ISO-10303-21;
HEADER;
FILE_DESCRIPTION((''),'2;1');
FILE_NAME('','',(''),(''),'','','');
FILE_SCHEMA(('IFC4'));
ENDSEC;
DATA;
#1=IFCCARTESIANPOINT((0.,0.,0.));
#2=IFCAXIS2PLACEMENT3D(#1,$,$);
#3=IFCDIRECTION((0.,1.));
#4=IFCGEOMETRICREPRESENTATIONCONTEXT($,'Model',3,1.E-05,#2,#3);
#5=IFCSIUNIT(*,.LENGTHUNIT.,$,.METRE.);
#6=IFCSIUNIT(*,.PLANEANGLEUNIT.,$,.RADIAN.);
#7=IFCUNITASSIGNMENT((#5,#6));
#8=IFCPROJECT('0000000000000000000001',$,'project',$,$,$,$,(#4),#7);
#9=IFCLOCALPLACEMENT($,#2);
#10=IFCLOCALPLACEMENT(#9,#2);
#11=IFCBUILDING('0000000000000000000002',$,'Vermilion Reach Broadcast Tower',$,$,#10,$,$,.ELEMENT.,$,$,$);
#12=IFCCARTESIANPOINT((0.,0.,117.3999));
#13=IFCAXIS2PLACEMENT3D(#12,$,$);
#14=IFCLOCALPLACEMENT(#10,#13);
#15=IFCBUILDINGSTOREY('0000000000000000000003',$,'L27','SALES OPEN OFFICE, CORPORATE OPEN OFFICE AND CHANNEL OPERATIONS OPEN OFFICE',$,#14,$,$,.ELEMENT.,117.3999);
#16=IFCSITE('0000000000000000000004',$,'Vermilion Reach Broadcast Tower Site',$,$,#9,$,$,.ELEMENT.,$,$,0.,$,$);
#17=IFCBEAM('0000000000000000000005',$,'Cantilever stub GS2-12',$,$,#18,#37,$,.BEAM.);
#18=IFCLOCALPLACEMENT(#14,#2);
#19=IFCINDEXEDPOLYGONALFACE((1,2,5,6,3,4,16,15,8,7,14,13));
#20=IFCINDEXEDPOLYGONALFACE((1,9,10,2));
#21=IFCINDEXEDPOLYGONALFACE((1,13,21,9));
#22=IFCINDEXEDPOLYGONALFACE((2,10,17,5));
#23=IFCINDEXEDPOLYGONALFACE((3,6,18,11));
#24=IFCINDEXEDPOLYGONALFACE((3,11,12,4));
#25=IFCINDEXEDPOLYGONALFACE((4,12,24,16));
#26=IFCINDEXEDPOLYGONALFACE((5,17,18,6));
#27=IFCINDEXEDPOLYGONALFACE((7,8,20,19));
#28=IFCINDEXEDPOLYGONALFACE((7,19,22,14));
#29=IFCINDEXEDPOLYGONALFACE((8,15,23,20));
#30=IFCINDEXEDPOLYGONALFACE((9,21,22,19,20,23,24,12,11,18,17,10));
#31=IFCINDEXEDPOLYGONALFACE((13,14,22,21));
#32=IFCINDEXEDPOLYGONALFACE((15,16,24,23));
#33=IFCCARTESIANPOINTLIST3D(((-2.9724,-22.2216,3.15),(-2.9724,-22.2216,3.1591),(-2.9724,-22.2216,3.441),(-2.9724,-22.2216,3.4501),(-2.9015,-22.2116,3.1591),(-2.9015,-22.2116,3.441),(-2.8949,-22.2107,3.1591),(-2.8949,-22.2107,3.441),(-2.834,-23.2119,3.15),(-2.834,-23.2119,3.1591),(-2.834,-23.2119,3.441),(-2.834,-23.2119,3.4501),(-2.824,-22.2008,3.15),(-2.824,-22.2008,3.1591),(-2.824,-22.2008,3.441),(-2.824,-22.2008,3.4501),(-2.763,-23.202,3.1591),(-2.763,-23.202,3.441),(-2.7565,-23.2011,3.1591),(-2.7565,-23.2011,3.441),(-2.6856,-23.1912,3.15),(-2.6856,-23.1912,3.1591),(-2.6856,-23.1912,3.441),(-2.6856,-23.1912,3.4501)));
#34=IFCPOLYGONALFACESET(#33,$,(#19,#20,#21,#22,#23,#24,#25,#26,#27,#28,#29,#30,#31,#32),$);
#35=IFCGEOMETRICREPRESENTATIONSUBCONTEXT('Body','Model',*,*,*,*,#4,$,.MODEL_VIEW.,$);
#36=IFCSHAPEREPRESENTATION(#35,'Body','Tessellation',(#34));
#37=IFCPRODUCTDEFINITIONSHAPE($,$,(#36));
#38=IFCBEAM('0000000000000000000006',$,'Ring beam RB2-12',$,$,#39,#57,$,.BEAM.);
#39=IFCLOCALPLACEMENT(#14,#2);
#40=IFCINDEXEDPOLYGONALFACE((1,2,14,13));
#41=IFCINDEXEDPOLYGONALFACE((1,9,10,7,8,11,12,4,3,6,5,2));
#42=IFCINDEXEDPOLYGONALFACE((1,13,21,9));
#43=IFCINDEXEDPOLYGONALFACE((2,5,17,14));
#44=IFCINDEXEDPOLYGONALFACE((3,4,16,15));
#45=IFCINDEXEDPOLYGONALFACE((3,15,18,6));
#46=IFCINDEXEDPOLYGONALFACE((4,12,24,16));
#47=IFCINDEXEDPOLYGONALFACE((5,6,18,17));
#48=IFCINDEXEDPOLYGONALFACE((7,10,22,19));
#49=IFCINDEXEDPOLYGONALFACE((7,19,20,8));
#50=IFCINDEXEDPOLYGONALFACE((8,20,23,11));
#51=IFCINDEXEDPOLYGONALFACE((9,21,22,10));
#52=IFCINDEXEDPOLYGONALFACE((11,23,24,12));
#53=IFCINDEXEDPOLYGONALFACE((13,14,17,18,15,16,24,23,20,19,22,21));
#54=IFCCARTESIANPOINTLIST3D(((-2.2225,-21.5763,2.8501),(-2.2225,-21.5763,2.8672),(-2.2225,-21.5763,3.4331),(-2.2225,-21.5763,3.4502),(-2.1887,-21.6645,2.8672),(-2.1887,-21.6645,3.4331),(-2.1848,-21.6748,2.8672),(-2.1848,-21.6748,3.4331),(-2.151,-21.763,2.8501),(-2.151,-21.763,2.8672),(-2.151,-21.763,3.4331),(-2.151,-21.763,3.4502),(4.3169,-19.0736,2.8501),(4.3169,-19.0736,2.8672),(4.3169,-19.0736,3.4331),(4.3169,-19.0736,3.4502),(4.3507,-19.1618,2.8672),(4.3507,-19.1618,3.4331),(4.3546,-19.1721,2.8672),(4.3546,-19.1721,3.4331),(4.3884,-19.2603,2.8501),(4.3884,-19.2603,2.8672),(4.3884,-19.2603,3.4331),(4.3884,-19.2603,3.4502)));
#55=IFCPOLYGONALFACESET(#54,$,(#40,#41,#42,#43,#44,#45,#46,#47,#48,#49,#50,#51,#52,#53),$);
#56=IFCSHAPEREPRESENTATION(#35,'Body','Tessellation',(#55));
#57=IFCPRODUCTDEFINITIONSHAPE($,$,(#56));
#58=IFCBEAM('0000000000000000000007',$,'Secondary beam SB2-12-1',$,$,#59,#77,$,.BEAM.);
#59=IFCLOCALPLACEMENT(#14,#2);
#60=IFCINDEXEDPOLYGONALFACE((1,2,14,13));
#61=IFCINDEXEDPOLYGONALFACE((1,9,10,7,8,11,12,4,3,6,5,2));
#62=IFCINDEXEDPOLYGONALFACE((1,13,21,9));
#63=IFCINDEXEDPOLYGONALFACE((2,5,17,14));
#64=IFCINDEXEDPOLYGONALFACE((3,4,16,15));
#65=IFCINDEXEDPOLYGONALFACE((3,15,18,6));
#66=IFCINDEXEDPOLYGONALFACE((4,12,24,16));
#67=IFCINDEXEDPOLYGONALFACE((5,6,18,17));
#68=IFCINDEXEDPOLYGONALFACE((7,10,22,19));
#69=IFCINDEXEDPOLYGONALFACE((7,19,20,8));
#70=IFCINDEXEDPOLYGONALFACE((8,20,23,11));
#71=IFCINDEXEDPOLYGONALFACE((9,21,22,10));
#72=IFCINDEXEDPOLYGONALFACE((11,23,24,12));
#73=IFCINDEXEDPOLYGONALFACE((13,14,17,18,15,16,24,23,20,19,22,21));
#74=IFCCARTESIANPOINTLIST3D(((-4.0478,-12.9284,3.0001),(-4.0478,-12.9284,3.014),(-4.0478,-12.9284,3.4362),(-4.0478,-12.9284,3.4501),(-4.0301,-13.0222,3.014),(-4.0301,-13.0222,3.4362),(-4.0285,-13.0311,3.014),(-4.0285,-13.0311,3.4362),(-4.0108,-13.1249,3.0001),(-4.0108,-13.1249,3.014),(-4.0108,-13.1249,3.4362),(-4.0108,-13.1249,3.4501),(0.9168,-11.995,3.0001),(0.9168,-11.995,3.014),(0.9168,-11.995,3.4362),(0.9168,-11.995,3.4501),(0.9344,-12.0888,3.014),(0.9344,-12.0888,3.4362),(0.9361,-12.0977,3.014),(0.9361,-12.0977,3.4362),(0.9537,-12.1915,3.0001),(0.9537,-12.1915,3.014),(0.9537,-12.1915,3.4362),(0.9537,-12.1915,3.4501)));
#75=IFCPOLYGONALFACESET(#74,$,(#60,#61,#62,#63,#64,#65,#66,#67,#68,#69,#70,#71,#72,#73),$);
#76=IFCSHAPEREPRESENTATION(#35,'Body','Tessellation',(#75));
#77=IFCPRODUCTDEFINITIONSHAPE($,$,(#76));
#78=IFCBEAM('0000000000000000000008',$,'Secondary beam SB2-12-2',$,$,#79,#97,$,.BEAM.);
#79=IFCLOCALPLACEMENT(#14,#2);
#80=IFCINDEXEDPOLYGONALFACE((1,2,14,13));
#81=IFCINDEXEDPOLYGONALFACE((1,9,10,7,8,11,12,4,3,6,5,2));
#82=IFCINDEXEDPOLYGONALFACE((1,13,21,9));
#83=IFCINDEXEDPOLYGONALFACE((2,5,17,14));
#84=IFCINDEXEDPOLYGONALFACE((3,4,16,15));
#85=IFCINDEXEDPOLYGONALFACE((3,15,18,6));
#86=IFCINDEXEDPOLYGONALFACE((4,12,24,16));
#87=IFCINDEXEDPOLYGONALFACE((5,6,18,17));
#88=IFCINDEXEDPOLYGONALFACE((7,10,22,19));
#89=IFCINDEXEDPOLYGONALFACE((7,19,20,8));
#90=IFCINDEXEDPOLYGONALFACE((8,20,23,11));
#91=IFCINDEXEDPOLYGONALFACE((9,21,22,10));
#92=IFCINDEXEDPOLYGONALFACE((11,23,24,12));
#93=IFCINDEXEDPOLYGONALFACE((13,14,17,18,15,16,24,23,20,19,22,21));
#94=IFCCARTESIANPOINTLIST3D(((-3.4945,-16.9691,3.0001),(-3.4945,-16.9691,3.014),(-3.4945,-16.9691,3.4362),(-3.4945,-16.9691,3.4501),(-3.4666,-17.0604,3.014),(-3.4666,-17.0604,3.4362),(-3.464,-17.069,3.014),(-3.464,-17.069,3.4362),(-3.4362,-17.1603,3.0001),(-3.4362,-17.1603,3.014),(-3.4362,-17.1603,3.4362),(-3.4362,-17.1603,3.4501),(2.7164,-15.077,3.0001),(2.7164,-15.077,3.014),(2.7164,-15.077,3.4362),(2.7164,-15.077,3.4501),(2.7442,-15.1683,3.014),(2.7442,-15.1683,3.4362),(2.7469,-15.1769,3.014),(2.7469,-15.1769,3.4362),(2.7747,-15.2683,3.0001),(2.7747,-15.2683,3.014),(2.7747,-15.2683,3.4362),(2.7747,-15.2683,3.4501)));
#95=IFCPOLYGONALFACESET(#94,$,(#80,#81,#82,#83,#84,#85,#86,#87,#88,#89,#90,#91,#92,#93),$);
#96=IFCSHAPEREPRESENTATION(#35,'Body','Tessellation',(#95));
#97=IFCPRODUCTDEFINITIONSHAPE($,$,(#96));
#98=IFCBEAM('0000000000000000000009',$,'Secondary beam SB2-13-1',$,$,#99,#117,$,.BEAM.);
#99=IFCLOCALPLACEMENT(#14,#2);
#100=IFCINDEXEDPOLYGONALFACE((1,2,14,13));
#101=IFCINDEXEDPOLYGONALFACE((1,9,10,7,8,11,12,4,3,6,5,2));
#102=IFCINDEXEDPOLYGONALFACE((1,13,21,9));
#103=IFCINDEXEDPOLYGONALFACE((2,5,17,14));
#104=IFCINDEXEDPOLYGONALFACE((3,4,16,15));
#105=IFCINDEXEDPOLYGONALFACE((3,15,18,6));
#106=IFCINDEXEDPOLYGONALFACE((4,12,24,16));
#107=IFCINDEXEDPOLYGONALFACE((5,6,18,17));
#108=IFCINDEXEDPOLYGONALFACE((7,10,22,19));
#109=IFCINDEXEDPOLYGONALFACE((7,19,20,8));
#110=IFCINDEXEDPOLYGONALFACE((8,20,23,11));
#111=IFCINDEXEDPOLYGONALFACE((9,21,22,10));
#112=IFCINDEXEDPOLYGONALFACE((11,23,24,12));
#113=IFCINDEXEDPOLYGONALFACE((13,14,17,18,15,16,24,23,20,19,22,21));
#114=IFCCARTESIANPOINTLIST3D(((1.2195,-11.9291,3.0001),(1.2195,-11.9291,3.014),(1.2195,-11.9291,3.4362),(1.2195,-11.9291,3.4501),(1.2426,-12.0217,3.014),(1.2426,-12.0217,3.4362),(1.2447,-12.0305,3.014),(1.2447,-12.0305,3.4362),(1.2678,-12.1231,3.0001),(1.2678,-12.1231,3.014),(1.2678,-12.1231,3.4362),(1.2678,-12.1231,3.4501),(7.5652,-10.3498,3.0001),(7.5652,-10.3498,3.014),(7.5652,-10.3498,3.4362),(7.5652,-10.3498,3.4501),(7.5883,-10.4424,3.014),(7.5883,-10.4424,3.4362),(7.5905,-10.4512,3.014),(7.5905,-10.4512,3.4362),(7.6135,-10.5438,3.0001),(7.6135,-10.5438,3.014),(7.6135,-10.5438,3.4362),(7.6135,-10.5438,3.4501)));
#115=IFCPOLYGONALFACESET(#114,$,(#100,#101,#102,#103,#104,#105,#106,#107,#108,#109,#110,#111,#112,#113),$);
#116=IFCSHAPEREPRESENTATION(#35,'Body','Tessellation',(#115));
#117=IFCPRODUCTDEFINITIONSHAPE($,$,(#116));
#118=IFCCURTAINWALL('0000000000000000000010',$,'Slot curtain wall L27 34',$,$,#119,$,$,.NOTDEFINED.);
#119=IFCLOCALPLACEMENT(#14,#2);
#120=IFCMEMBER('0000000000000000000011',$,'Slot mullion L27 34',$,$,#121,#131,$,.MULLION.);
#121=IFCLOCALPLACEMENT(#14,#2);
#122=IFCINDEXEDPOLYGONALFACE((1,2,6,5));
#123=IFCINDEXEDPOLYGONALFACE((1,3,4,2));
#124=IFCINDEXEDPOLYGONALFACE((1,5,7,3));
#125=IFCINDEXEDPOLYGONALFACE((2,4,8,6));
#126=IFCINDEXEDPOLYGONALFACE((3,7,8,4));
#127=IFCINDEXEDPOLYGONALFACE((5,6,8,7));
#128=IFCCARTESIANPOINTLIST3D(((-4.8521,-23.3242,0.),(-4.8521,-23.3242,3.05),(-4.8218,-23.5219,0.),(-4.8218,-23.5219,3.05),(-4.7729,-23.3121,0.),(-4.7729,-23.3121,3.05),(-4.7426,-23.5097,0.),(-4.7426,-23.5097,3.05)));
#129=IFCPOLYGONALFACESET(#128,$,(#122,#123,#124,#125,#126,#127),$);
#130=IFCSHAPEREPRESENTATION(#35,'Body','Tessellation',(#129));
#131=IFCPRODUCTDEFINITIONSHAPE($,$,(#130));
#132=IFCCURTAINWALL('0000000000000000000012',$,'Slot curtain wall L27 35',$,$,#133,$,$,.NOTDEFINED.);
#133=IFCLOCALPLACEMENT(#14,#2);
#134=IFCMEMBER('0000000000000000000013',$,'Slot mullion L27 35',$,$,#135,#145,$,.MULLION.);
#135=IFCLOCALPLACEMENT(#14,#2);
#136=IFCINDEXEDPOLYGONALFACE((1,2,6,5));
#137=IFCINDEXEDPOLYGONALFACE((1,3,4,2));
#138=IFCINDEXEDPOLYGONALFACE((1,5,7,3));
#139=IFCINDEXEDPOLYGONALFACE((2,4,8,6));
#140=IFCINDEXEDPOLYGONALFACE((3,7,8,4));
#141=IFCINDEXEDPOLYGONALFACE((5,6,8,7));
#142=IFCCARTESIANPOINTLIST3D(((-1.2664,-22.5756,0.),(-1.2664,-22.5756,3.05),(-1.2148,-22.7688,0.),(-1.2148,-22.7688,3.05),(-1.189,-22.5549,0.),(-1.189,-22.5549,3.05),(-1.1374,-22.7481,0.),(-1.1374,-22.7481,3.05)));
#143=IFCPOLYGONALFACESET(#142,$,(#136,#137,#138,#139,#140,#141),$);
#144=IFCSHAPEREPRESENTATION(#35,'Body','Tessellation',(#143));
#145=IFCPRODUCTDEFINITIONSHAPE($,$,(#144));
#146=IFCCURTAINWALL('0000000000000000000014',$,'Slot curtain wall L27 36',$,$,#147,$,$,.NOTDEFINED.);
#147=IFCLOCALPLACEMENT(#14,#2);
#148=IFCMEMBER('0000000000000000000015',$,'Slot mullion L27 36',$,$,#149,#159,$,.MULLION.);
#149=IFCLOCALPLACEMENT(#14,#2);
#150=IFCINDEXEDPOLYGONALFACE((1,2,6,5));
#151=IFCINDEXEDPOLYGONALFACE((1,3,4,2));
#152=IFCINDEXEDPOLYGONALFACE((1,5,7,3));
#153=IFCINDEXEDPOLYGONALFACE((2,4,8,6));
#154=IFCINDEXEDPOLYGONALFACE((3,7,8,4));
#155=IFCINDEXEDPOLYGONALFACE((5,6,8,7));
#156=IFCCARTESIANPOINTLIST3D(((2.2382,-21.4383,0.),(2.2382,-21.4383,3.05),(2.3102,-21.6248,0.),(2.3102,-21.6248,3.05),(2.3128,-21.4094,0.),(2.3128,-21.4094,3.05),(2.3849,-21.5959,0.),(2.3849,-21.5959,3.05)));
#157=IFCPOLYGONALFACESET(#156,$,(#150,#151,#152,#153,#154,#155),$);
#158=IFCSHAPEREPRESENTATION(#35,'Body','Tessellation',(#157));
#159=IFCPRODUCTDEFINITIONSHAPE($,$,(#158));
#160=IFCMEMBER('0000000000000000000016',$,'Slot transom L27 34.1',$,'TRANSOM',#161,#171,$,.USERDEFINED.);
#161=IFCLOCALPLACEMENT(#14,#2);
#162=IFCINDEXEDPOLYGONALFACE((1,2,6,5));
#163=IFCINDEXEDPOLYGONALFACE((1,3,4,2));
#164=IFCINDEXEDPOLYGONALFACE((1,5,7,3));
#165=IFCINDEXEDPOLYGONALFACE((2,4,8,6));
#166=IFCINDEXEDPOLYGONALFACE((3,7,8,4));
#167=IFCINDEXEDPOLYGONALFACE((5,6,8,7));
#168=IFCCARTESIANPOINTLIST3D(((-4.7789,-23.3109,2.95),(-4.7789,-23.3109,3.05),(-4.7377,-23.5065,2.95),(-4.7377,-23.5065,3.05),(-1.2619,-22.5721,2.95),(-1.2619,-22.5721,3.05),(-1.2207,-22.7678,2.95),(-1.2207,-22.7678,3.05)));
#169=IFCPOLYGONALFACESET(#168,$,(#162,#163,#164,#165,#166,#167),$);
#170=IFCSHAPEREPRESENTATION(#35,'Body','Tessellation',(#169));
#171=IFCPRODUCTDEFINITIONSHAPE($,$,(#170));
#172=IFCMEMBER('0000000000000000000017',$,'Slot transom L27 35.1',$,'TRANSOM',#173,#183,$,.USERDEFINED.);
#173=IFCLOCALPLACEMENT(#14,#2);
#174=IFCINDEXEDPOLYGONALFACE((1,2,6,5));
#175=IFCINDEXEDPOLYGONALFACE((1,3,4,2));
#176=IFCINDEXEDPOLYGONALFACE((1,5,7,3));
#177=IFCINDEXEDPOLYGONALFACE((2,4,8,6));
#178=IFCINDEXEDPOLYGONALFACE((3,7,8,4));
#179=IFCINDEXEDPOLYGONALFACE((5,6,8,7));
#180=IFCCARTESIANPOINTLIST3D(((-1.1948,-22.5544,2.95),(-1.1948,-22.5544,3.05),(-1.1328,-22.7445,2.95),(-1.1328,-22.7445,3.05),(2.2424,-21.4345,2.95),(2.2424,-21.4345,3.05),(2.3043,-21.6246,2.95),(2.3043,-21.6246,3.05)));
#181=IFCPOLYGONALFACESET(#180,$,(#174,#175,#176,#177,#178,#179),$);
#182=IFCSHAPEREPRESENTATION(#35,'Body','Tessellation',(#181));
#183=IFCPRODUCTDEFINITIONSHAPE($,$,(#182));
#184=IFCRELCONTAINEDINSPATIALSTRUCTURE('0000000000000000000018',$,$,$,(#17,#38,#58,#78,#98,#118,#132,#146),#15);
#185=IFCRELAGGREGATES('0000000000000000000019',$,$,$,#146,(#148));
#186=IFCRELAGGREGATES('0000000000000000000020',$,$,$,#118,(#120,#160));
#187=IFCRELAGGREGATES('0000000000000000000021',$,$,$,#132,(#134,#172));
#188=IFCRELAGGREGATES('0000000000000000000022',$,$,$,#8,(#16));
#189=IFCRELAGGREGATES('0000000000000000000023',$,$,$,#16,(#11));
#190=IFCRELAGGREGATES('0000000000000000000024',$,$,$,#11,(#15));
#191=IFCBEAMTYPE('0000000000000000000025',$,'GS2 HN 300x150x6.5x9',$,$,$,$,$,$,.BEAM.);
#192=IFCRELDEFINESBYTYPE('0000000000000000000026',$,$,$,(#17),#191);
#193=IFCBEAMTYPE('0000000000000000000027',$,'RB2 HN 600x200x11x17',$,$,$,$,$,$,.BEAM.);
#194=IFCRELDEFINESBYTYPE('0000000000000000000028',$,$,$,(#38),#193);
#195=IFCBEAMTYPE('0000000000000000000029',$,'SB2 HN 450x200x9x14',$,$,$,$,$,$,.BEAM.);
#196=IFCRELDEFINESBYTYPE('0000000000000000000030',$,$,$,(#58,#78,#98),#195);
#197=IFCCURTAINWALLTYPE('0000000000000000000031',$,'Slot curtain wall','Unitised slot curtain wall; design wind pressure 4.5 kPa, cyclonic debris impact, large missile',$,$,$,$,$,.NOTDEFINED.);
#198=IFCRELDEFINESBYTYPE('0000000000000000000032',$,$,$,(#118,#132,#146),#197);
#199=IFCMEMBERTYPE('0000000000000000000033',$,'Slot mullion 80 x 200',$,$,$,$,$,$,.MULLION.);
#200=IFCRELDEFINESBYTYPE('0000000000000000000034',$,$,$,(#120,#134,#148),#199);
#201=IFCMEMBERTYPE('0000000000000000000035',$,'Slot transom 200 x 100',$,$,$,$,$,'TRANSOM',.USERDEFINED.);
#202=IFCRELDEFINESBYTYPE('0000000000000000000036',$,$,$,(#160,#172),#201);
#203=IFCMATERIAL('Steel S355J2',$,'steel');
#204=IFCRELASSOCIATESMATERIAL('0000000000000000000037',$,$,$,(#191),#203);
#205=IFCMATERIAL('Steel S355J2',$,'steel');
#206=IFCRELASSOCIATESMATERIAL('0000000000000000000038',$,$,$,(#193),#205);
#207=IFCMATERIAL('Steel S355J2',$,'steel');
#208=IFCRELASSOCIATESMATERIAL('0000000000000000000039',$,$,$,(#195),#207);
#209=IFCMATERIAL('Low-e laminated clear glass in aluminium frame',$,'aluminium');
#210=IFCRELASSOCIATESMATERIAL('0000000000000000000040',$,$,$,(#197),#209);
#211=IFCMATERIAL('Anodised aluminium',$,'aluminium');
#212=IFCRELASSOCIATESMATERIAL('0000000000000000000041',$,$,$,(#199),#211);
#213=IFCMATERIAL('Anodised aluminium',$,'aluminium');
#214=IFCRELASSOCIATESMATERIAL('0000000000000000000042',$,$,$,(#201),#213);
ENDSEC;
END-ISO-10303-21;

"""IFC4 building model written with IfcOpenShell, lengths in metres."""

from ifc_helpers import new_model, si_unit, direction, frame, origin, origin_2d, place, context, subcontext, project, spatial, rectangle, i_section, extrude, material, material_profile, profile_set, type_object, element, aggregate, save


model = new_model("IFC4")

# Units and contexts
model_context = context("Model", 3, precision=1e-05, world=origin(), true_north=direction((0.0, 1.0)))
body_context = subcontext(model_context, "Body", "Model", "MODEL_VIEW")
ifc_project = project(units=[si_unit("LENGTHUNIT", "METRE"), si_unit("PLANEANGLEUNIT", "RADIAN")], contexts=[model_context])

# Site, building, storey
site_placement = place(None, origin())
site = spatial("IfcSite", under=ifc_project, at=site_placement, Name="Vermilion Reach Broadcast Tower Site", CompositionType="ELEMENT", RefElevation=0.0)
building_placement = place(site_placement, origin())
building = spatial("IfcBuilding", under=site, at=building_placement, Name="Vermilion Reach Broadcast Tower", CompositionType="ELEMENT")
storey_placement = place(building_placement, frame((0.0, 0.0, 117.3999)))
storey = spatial("IfcBuildingStorey", under=building, at=storey_placement, Name="L27", Description="SALES OPEN OFFICE, CORPORATE OPEN OFFICE AND CHANNEL OPERATIONS OPEN OFFICE", CompositionType="ELEMENT", Elevation=117.3999)

# Beams
ifc_material_1 = material(Name="Steel S355J2", Category="steel")
ifc_material_profile_1 = material_profile(ifc_material_1, i_section(OverallWidth=0.1499, OverallDepth=0.3, WebThickness=0.0066, FlangeThickness=0.009, at=origin_2d()), Name="S355J2 HN 300x150x6.5x9")
ifc_profile_set_1 = profile_set([ifc_material_profile_1], Name="Steel S355J2")
beam_type_1 = type_object("IfcBeamType", Name="GS2 HN 300x150x6.5x9", PredefinedType="BEAM", material=ifc_profile_set_1)
beam_1_placement = place(storey_placement, frame((-2.8982, -22.2112, 3.3), z_axis=(0.138413, -0.990375, 0.0), x_axis=(0.990375, 0.138413, 0.0)))
element("IfcBeam", 1, at=beam_1_placement, inside=storey, type_object=beam_type_1, Name="Cantilever stub GS2-12", PredefinedType="BEAM", context=body_context, shape_type="SweptSolid", body=[
    extrude(i_section(OverallWidth=0.1499, OverallDepth=0.3, WebThickness=0.0066, FlangeThickness=0.009, at=origin_2d()), origin(), (0.0, 0.0, 1.0), 1.0),
])
ifc_material_2 = material(Name="Steel S355J2", Category="steel")
ifc_material_profile_2 = material_profile(ifc_material_2, i_section(OverallWidth=0.2, OverallDepth=0.6001, WebThickness=0.011, FlangeThickness=0.0171, at=origin_2d()), Name="S355J2 HN 600x200x11x17")
ifc_profile_set_2 = profile_set([ifc_material_profile_2], Name="Steel S355J2")
beam_type_2 = type_object("IfcBeamType", Name="RB2 HN 600x200x11x17", PredefinedType="BEAM", material=ifc_profile_set_2)
beam_2_placement = place(storey_placement, frame((-2.1868, -21.6697, 3.1501), z_axis=(0.933939, 0.357432, 0.0), x_axis=(-0.357432, 0.933939, 0.0)))
element("IfcBeam", 2, at=beam_2_placement, inside=storey, type_object=beam_type_2, Name="Ring beam RB2-12", PredefinedType="BEAM", context=body_context, shape_type="SweptSolid", body=[
    extrude(i_section(OverallWidth=0.2, OverallDepth=0.6001, WebThickness=0.011, FlangeThickness=0.0171, at=origin_2d()), origin(), (0.0, 0.0, 1.0), 7.002),
])
ifc_material_3 = material(Name="Steel S355J2", Category="steel")
ifc_material_profile_3 = material_profile(ifc_material_3, i_section(OverallWidth=0.2, OverallDepth=0.45, WebThickness=0.009, FlangeThickness=0.0139, at=origin_2d()), Name="S355J2 HN 450x200x9x14")
ifc_profile_set_3 = profile_set([ifc_material_profile_3], Name="Steel S355J2")
beam_type_3 = type_object("IfcBeamType", Name="SB2 HN 450x200x9x14", PredefinedType="BEAM", material=ifc_profile_set_3)
beam_3_placement = place(storey_placement, frame((-4.0293, -13.0266, 3.2251), z_axis=(0.982783, 0.184764, 0.0), x_axis=(-0.184764, 0.982783, 0.0)))
element("IfcBeam", 3, at=beam_3_placement, inside=storey, type_object=beam_type_3, Name="Secondary beam SB2-12-1", PredefinedType="BEAM", context=body_context, shape_type="SweptSolid", body=[
    extrude(i_section(OverallWidth=0.2, OverallDepth=0.45, WebThickness=0.009, FlangeThickness=0.0139, at=origin_2d()), origin(), (0.0, 0.0, 1.0), 5.0515),
])
beam_4_placement = place(storey_placement, frame((-3.4653, -17.0647, 3.2251), z_axis=(0.956596, 0.291416, 0.0), x_axis=(-0.291416, 0.956596, 0.0)))
element("IfcBeam", 4, at=beam_4_placement, inside=storey, type_object=beam_type_3, Name="Secondary beam SB2-12-2", PredefinedType="BEAM", context=body_context, shape_type="SweptSolid", body=[
    extrude(i_section(OverallWidth=0.2, OverallDepth=0.45, WebThickness=0.009, FlangeThickness=0.0139, at=origin_2d()), origin(), (0.0, 0.0, 1.0), 6.4927),
])
beam_5_placement = place(storey_placement, frame((1.2437, -12.0261, 3.2251), z_axis=(0.970397, 0.241516, 0.0), x_axis=(-0.241516, 0.970397, 0.0)))
element("IfcBeam", 5, at=beam_5_placement, inside=storey, type_object=beam_type_3, Name="Secondary beam SB2-13-1", PredefinedType="BEAM", context=body_context, shape_type="SweptSolid", body=[
    extrude(i_section(OverallWidth=0.2, OverallDepth=0.45, WebThickness=0.009, FlangeThickness=0.0139, at=origin_2d()), origin(), (0.0, 0.0, 1.0), 6.5393),
])

# Curtain walls, members
ifc_material_4 = material(Name="Low-e laminated clear glass in aluminium frame", Category="aluminium")
curtain_wall_type = type_object("IfcCurtainWallType", Name="Slot curtain wall", Description="Unitised slot curtain wall; design wind pressure 4.5 kPa, cyclonic debris impact, large missile", PredefinedType="NOTDEFINED", material=ifc_material_4)
placement = place(storey_placement, origin())
curtain_wall_1 = element("IfcCurtainWall", 6, at=placement, inside=storey, type_object=curtain_wall_type, Name="Slot curtain wall L27 34", PredefinedType="NOTDEFINED")
ifc_material_5 = material(Name="Anodised aluminium", Category="aluminium")
ifc_material_profile_4 = material_profile(ifc_material_5, rectangle(XDim=0.2, YDim=0.0801, at=origin_2d()), Name="Slot mullion 80 x 200")
ifc_profile_set_4 = profile_set([ifc_material_profile_4], Name="Anodised aluminium")
member_type_1 = type_object("IfcMemberType", Name="Slot mullion 80 x 200", PredefinedType="MULLION", material=ifc_profile_set_4)
member_1_placement = place(storey_placement, frame((-4.7974, -23.417, 0.0), z_axis=(0.0, 0.0, 1.0), x_axis=(-0.151589, 0.988444, 0.0)))
member_1 = element("IfcMember", 7, at=member_1_placement, type_object=member_type_1, Name="Slot mullion L27 34", PredefinedType="MULLION", context=body_context, shape_type="SweptSolid", body=[
    extrude(rectangle(XDim=0.2, YDim=0.0801, at=origin_2d()), origin(), (0.0, 0.0, 1.0), 3.05),
])
curtain_wall_2 = element("IfcCurtainWall", 8, at=placement, inside=storey, type_object=curtain_wall_type, Name="Slot curtain wall L27 35", PredefinedType="NOTDEFINED")
member_2_placement = place(storey_placement, frame((-1.2019, -22.6619, 0.0), z_axis=(0.0, 0.0, 1.0), x_axis=(-0.258045, 0.966133, 0.0)))
member_2 = element("IfcMember", 9, at=member_2_placement, type_object=member_type_1, Name="Slot mullion L27 35", PredefinedType="MULLION", context=body_context, shape_type="SweptSolid", body=[
    extrude(rectangle(XDim=0.2, YDim=0.0801, at=origin_2d()), origin(), (0.0, 0.0, 1.0), 3.05),
])
curtain_wall_3 = element("IfcCurtainWall", 10, at=placement, inside=storey, type_object=curtain_wall_type, Name="Slot curtain wall L27 36", PredefinedType="NOTDEFINED")
member_3_placement = place(storey_placement, frame((2.3115, -21.5171, 0.0), z_axis=(0.0, 0.0, 1.0), x_axis=(-0.360322, 0.932828, 0.0)))
member_3 = element("IfcMember", 11, at=member_3_placement, type_object=member_type_1, Name="Slot mullion L27 36", PredefinedType="MULLION", context=body_context, shape_type="SweptSolid", body=[
    extrude(rectangle(XDim=0.2, YDim=0.0801, at=origin_2d()), origin(), (0.0, 0.0, 1.0), 3.05),
])

# Members
ifc_material_6 = material(Name="Anodised aluminium", Category="aluminium")
ifc_material_profile_5 = material_profile(ifc_material_6, rectangle(XDim=0.2, YDim=0.1001, at=origin_2d()), Name="Slot transom 200 x 100")
ifc_profile_set_5 = profile_set([ifc_material_profile_5], Name="Anodised aluminium")
member_type_2 = type_object("IfcMemberType", Name="Slot transom 200 x 100", ElementType="TRANSOM", PredefinedType="USERDEFINED", material=ifc_profile_set_5)
member_4_placement = place(storey_placement, frame((-4.7583, -23.4087, 3.0), z_axis=(0.978643, 0.205565, 0.0), x_axis=(-0.205565, 0.978643, 0.0)))
member_4 = element("IfcMember", 12, at=member_4_placement, type_object=member_type_2, Name="Slot transom L27 34.1", ObjectType="TRANSOM", PredefinedType="USERDEFINED", context=body_context, shape_type="SweptSolid", body=[
    extrude(rectangle(XDim=0.2, YDim=0.1001, at=origin_2d()), origin(), (0.0, 0.0, 1.0), 3.5938),
])
member_5_placement = place(storey_placement, frame((-1.1638, -22.6494, 3.0), z_axis=(0.950809, 0.309778, 0.0), x_axis=(-0.309778, 0.950809, 0.0)))
member_5 = element("IfcMember", 13, at=member_5_placement, type_object=member_type_2, Name="Slot transom L27 35.1", ObjectType="TRANSOM", PredefinedType="USERDEFINED", context=body_context, shape_type="SweptSolid", body=[
    extrude(rectangle(XDim=0.2, YDim=0.1001, at=origin_2d()), origin(), (0.0, 0.0, 1.0), 3.615),
])
aggregate(curtain_wall_3, [member_3])

aggregate(curtain_wall_1, [member_1, member_4])
aggregate(curtain_wall_2, [member_2, member_5])

save(model, "model.ifc")
